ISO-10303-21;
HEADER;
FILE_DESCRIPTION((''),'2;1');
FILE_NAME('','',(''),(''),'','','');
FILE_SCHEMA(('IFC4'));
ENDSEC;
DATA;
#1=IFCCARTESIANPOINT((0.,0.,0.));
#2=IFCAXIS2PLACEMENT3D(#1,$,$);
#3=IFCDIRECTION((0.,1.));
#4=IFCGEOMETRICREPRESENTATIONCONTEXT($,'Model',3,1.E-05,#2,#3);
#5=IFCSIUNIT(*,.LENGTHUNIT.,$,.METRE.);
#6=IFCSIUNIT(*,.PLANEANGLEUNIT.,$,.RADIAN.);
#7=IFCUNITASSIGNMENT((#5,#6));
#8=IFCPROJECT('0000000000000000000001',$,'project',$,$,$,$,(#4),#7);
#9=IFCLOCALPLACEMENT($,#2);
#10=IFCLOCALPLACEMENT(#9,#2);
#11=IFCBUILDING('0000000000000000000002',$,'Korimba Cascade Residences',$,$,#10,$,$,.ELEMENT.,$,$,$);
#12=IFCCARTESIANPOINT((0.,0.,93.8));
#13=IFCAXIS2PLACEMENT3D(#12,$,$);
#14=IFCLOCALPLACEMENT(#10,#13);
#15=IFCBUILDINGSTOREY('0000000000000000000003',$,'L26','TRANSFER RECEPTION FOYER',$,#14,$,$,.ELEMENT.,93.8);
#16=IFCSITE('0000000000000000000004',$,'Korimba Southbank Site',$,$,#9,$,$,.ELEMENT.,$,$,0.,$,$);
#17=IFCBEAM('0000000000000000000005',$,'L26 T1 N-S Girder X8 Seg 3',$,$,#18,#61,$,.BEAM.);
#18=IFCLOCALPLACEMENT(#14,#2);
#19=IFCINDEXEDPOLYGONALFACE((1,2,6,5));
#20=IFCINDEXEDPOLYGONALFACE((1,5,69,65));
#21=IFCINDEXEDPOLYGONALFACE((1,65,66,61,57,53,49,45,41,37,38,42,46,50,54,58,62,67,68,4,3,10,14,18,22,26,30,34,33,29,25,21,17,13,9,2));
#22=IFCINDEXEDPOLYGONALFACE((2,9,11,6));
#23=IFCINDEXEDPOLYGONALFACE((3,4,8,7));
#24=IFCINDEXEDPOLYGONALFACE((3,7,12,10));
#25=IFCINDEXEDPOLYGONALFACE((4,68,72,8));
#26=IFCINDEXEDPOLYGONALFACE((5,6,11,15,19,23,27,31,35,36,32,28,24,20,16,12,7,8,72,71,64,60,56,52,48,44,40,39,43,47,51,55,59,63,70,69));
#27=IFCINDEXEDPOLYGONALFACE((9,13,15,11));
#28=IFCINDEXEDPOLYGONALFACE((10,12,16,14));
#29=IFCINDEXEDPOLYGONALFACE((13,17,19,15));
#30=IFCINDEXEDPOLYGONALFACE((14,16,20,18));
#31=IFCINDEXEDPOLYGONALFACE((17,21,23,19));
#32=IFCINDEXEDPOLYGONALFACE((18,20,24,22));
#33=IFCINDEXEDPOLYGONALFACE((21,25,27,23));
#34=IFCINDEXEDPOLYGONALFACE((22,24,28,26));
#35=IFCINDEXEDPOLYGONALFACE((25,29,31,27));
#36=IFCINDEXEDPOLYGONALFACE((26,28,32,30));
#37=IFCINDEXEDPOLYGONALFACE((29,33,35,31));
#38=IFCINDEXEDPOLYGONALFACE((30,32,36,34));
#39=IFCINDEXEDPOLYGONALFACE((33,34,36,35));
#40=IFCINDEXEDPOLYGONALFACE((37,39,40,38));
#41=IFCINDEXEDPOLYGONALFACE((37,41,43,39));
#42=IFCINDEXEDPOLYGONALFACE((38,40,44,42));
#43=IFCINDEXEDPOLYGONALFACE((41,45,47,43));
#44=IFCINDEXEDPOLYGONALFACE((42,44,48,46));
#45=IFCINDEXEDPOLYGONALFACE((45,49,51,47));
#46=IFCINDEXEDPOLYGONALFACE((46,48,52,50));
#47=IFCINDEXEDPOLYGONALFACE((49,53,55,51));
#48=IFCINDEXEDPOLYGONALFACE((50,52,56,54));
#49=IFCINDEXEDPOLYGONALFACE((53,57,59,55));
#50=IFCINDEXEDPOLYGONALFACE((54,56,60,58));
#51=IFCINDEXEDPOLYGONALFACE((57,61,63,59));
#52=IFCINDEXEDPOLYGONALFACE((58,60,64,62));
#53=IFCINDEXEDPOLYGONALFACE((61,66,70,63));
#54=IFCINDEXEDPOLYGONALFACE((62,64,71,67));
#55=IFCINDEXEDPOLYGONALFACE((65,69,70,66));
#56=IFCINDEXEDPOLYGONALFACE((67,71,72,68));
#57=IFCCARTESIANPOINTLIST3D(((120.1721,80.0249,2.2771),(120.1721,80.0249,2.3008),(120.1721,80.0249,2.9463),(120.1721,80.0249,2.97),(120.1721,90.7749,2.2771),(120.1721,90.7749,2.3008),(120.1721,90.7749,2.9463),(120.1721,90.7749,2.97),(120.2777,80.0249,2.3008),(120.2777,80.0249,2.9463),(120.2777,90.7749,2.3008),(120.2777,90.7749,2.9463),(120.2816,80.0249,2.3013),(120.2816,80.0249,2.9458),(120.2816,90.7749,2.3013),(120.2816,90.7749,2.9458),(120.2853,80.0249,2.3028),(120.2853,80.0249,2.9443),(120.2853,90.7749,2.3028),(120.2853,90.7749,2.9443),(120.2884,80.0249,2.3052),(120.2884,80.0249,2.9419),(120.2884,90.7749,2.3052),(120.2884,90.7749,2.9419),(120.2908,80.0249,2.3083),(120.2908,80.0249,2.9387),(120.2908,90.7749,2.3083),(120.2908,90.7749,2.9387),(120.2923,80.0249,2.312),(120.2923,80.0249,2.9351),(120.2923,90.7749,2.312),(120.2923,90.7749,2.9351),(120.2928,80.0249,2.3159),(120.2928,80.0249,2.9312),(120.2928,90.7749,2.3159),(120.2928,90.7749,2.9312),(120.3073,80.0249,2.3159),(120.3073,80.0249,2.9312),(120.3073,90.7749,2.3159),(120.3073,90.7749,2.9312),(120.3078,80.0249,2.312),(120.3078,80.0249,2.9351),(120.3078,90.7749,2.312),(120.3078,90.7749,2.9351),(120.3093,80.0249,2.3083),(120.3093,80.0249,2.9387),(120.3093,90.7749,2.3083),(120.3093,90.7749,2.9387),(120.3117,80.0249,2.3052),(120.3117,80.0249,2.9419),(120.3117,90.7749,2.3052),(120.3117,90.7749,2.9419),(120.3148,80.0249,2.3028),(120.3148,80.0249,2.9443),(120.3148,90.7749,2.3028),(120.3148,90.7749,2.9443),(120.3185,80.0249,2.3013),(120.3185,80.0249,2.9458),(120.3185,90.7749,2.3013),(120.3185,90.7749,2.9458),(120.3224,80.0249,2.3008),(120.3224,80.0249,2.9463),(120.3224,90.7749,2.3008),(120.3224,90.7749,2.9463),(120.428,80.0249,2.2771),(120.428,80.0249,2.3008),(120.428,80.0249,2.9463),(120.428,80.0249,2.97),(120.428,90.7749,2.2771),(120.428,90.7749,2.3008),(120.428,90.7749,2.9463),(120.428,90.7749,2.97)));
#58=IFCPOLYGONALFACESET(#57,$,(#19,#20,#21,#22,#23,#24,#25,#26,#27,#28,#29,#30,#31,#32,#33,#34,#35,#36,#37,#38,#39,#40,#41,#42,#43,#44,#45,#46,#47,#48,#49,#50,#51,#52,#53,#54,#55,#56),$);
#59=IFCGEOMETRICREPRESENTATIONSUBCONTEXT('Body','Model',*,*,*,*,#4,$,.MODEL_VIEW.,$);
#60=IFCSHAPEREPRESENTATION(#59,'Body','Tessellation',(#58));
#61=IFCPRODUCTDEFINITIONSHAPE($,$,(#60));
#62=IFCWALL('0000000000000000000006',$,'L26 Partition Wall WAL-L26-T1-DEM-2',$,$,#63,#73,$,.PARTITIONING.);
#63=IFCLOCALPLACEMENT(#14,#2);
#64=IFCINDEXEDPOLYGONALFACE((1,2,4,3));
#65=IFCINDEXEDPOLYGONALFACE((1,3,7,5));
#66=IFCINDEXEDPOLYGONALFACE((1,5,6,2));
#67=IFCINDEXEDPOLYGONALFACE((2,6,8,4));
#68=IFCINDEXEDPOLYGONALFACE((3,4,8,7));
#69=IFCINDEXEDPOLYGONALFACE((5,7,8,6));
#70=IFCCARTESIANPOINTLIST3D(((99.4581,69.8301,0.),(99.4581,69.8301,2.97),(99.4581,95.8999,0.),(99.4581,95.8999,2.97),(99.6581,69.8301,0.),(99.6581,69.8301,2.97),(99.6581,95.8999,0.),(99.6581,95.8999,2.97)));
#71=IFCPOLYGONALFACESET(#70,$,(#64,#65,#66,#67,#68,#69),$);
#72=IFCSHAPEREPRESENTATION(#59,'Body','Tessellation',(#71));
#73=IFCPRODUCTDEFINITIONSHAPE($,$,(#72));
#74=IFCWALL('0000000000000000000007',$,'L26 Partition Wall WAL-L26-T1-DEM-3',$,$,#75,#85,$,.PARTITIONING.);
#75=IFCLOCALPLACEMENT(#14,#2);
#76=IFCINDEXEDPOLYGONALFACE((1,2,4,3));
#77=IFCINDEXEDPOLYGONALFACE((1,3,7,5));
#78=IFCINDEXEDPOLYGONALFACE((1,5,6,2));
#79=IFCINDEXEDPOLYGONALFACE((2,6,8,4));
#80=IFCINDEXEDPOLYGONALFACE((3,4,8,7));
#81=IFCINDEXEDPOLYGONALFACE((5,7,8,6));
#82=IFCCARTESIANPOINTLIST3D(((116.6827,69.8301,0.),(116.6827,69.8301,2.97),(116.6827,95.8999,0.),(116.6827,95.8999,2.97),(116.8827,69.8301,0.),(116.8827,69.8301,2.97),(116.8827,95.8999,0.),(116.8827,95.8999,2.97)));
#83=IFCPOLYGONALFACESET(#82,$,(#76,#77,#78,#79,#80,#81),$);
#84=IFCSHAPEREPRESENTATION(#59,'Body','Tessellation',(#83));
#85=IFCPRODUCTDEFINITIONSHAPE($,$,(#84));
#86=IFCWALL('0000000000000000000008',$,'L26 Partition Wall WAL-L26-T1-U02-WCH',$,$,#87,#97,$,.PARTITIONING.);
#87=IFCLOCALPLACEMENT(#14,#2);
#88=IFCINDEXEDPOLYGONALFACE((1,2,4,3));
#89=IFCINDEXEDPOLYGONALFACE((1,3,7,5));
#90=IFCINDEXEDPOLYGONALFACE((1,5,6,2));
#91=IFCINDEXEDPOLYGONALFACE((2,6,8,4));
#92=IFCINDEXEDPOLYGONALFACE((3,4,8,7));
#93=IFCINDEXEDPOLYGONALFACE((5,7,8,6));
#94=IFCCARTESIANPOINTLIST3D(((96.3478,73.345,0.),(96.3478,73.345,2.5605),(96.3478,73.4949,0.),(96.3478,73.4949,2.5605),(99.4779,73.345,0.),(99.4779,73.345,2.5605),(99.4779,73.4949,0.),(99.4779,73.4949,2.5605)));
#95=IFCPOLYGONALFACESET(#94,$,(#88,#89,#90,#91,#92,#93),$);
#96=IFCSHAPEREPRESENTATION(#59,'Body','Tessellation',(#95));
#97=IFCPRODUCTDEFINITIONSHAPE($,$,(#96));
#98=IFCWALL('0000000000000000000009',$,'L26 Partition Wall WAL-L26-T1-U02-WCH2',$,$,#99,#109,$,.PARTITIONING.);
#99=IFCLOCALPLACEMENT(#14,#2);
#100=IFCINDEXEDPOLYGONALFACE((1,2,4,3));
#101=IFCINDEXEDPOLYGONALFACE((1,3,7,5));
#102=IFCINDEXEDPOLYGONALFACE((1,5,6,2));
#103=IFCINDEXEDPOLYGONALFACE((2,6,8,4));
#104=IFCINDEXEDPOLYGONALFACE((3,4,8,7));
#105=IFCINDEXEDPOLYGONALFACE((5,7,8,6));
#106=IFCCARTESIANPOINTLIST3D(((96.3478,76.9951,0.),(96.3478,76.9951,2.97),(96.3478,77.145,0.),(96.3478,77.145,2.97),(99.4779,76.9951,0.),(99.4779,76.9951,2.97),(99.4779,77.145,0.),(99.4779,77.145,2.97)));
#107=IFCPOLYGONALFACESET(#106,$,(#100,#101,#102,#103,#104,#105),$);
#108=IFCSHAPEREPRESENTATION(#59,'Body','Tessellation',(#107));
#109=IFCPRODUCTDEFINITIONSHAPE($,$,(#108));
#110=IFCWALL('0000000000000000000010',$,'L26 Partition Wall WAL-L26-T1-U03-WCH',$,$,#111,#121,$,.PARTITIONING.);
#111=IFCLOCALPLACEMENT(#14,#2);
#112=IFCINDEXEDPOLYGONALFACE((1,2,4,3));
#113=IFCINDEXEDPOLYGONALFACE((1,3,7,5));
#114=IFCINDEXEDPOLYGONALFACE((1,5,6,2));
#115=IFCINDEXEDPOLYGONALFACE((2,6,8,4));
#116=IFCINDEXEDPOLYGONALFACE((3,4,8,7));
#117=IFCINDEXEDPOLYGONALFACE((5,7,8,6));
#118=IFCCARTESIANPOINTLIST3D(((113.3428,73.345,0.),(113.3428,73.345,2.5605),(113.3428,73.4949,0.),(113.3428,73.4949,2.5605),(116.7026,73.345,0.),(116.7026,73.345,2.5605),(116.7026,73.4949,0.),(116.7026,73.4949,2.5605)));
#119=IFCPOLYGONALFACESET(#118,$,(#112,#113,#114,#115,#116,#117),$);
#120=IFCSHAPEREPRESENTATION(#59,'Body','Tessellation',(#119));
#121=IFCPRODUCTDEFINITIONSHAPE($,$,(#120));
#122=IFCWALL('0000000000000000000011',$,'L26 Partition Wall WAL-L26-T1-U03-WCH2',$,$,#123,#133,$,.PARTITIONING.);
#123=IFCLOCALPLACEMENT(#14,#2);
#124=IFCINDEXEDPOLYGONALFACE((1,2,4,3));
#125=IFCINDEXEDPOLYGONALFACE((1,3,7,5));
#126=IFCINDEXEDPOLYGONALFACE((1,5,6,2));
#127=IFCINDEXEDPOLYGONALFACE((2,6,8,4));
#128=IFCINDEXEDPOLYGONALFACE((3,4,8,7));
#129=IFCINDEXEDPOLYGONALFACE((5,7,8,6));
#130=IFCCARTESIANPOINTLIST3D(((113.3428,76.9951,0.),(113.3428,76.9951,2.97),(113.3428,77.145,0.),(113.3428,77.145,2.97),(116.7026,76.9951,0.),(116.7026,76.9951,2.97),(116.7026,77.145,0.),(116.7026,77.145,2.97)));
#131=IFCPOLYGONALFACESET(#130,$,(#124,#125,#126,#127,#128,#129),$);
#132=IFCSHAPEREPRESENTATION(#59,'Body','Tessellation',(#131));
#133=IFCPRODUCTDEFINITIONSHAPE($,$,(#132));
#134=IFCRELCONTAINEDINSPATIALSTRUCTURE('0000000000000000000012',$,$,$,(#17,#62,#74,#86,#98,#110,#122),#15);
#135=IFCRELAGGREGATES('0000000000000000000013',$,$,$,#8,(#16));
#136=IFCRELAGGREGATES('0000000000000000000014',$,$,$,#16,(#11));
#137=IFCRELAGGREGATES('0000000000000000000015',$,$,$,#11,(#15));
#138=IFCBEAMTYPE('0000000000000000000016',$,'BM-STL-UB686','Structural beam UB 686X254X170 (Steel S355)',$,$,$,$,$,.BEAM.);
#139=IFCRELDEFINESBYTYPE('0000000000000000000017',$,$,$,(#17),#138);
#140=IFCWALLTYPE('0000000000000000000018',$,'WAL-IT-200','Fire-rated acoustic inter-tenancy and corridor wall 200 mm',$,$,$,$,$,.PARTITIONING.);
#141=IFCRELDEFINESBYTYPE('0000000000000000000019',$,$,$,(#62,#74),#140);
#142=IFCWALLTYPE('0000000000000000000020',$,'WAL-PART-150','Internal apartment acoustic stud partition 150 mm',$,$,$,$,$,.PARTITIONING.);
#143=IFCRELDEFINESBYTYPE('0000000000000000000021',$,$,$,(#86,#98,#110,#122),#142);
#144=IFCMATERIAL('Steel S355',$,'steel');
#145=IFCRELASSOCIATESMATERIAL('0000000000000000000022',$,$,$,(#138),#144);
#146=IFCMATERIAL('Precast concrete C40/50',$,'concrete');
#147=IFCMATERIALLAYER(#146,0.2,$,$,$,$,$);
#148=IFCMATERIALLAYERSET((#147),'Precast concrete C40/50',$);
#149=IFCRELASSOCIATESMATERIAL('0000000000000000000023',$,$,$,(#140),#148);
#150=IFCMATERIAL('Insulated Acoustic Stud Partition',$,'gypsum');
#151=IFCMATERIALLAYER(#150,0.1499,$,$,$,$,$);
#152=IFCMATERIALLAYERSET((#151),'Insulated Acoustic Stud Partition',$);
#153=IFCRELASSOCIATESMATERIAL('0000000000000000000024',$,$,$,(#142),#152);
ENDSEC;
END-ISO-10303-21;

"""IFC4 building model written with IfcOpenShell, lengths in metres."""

from ifc_helpers import new_model, si_unit, direction, frame, frame_2d, origin, origin_2d, place, context, subcontext, project, spatial, rectangle, i_section, extrude, material, layer, layer_set, material_profile, profile_set, type_object, element, save


model = new_model("IFC4")

# Units and contexts
model_context = context("Model", 3, precision=1e-05, world=origin(), true_north=direction((0.0, 1.0)))
body_context = subcontext(model_context, "Body", "Model", "MODEL_VIEW")
ifc_project = project(units=[si_unit("LENGTHUNIT", "METRE"), si_unit("PLANEANGLEUNIT", "RADIAN")], contexts=[model_context])

# Site, building, storey
site_placement = place(None, origin())
site = spatial("IfcSite", under=ifc_project, at=site_placement, Name="Korimba Southbank Site", CompositionType="ELEMENT", RefElevation=0.0)
building_placement = place(site_placement, origin())
building = spatial("IfcBuilding", under=site, at=building_placement, Name="Korimba Cascade Residences", CompositionType="ELEMENT")
storey_placement = place(building_placement, frame((0.0, 0.0, 93.8)))
storey = spatial("IfcBuildingStorey", under=building, at=storey_placement, Name="L26", Description="TRANSFER RECEPTION FOYER", CompositionType="ELEMENT", Elevation=93.8)

# Beam
ifc_material_1 = material(Name="Steel S355", Category="steel")
ifc_material_profile_1 = material_profile(ifc_material_1, i_section(OverallWidth=0.2559, OverallDepth=0.6929, WebThickness=0.0144, FlangeThickness=0.0237, FilletRadius=0.0151, at=origin_2d()), Name="Steel S355")
ifc_profile_set_1 = profile_set([ifc_material_profile_1], Name="Steel S355")
beam_type_1 = type_object("IfcBeamType", Name="BM-STL-UB686", Description="Structural beam UB 686X254X170 (Steel S355)", PredefinedType="BEAM", material=ifc_profile_set_1)
for number, where, z_axis, x_axis, name in (
    (1, (120.3, 80.0249, 2.6235), (0.0, 1.0, 0.0), (-1.0, 0.0, 0.0), "L26 T1 N-S Girder X8 Seg 3"),
):
    element("IfcBeam", number, at=place(storey_placement, frame(where, z_axis=z_axis, x_axis=x_axis)), inside=storey, type_object=beam_type_1, Name=name, PredefinedType="BEAM", context=body_context, shape_type="SweptSolid", body=[
        extrude(i_section(OverallWidth=0.2559, OverallDepth=0.6929, WebThickness=0.0144, FlangeThickness=0.0237, FilletRadius=0.0151, at=origin_2d()), origin(), (0.0, 0.0, 1.0), 10.75),
    ])

# Walls
ifc_material_2 = material(Name="Precast concrete C40/50", Category="concrete")
ifc_layer_1 = layer(ifc_material_2, 0.2)
ifc_layer_set_1 = layer_set([ifc_layer_1], Name="Precast concrete C40/50")
wall_type_1 = type_object("IfcWallType", Name="WAL-IT-200", Description="Fire-rated acoustic inter-tenancy and corridor wall 200 mm", PredefinedType="PARTITIONING", material=ifc_layer_set_1)
for number, where, z_axis, x_axis, name in (
    (2, (99.5581, 69.8301, 0.0), (0.0, 0.0, 1.0), (0.0, 1.0, 0.0), "L26 Partition Wall WAL-L26-T1-DEM-2"),
    (3, (116.7827, 69.8301, 0.0), (0.0, 0.0, 1.0), (0.0, 1.0, 0.0), "L26 Partition Wall WAL-L26-T1-DEM-3"),
):
    element("IfcWall", number, at=place(storey_placement, frame(where, z_axis=z_axis, x_axis=x_axis)), inside=storey, type_object=wall_type_1, Name=name, PredefinedType="PARTITIONING", context=body_context, shape_type="SweptSolid", body=[
        extrude(rectangle(XDim=26.0698, YDim=0.2, at=frame_2d((13.0349, 0.0))), origin(), (0.0, 0.0, 1.0), 2.97),
    ])
ifc_material_3 = material(Name="Insulated Acoustic Stud Partition", Category="gypsum")
ifc_layer_2 = layer(ifc_material_3, 0.1499)
ifc_layer_set_2 = layer_set([ifc_layer_2], Name="Insulated Acoustic Stud Partition")
wall_type_2 = type_object("IfcWallType", Name="WAL-PART-150", Description="Internal apartment acoustic stud partition 150 mm", PredefinedType="PARTITIONING", material=ifc_layer_set_2)
wall_1_placement = place(storey_placement, frame((96.3479, 73.4199, 0.0), z_axis=(0.0, 0.0, 1.0), x_axis=(1.0, 0.0, 0.0)))
element("IfcWall", 4, at=wall_1_placement, inside=storey, type_object=wall_type_2, Name="L26 Partition Wall WAL-L26-T1-U02-WCH", PredefinedType="PARTITIONING", context=body_context, shape_type="SweptSolid", body=[
    extrude(rectangle(XDim=3.1301, YDim=0.1499, at=frame_2d((1.5649, 0.0))), origin(), (0.0, 0.0, 1.0), 2.5605),
])
wall_2_placement = place(storey_placement, frame((96.3479, 77.0701, 0.0), z_axis=(0.0, 0.0, 1.0), x_axis=(1.0, 0.0, 0.0)))
element("IfcWall", 5, at=wall_2_placement, inside=storey, type_object=wall_type_2, Name="L26 Partition Wall WAL-L26-T1-U02-WCH2", PredefinedType="PARTITIONING", context=body_context, shape_type="SweptSolid", body=[
    extrude(rectangle(XDim=3.1301, YDim=0.1499, at=frame_2d((1.5649, 0.0))), origin(), (0.0, 0.0, 1.0), 2.97),
])
wall_3_placement = place(storey_placement, frame((113.3428, 73.4199, 0.0), z_axis=(0.0, 0.0, 1.0), x_axis=(1.0, 0.0, 0.0)))
element("IfcWall", 6, at=wall_3_placement, inside=storey, type_object=wall_type_2, Name="L26 Partition Wall WAL-L26-T1-U03-WCH", PredefinedType="PARTITIONING", context=body_context, shape_type="SweptSolid", body=[
    extrude(rectangle(XDim=3.3599, YDim=0.1499, at=frame_2d((1.6799, 0.0))), origin(), (0.0, 0.0, 1.0), 2.5605),
])
wall_4_placement = place(storey_placement, frame((113.3428, 77.0701, 0.0), z_axis=(0.0, 0.0, 1.0), x_axis=(1.0, 0.0, 0.0)))
element("IfcWall", 7, at=wall_4_placement, inside=storey, type_object=wall_type_2, Name="L26 Partition Wall WAL-L26-T1-U03-WCH2", PredefinedType="PARTITIONING", context=body_context, shape_type="SweptSolid", body=[
    extrude(rectangle(XDim=3.3599, YDim=0.1499, at=frame_2d((1.6799, 0.0))), origin(), (0.0, 0.0, 1.0), 2.97),
])

save(model, "model.ifc")
